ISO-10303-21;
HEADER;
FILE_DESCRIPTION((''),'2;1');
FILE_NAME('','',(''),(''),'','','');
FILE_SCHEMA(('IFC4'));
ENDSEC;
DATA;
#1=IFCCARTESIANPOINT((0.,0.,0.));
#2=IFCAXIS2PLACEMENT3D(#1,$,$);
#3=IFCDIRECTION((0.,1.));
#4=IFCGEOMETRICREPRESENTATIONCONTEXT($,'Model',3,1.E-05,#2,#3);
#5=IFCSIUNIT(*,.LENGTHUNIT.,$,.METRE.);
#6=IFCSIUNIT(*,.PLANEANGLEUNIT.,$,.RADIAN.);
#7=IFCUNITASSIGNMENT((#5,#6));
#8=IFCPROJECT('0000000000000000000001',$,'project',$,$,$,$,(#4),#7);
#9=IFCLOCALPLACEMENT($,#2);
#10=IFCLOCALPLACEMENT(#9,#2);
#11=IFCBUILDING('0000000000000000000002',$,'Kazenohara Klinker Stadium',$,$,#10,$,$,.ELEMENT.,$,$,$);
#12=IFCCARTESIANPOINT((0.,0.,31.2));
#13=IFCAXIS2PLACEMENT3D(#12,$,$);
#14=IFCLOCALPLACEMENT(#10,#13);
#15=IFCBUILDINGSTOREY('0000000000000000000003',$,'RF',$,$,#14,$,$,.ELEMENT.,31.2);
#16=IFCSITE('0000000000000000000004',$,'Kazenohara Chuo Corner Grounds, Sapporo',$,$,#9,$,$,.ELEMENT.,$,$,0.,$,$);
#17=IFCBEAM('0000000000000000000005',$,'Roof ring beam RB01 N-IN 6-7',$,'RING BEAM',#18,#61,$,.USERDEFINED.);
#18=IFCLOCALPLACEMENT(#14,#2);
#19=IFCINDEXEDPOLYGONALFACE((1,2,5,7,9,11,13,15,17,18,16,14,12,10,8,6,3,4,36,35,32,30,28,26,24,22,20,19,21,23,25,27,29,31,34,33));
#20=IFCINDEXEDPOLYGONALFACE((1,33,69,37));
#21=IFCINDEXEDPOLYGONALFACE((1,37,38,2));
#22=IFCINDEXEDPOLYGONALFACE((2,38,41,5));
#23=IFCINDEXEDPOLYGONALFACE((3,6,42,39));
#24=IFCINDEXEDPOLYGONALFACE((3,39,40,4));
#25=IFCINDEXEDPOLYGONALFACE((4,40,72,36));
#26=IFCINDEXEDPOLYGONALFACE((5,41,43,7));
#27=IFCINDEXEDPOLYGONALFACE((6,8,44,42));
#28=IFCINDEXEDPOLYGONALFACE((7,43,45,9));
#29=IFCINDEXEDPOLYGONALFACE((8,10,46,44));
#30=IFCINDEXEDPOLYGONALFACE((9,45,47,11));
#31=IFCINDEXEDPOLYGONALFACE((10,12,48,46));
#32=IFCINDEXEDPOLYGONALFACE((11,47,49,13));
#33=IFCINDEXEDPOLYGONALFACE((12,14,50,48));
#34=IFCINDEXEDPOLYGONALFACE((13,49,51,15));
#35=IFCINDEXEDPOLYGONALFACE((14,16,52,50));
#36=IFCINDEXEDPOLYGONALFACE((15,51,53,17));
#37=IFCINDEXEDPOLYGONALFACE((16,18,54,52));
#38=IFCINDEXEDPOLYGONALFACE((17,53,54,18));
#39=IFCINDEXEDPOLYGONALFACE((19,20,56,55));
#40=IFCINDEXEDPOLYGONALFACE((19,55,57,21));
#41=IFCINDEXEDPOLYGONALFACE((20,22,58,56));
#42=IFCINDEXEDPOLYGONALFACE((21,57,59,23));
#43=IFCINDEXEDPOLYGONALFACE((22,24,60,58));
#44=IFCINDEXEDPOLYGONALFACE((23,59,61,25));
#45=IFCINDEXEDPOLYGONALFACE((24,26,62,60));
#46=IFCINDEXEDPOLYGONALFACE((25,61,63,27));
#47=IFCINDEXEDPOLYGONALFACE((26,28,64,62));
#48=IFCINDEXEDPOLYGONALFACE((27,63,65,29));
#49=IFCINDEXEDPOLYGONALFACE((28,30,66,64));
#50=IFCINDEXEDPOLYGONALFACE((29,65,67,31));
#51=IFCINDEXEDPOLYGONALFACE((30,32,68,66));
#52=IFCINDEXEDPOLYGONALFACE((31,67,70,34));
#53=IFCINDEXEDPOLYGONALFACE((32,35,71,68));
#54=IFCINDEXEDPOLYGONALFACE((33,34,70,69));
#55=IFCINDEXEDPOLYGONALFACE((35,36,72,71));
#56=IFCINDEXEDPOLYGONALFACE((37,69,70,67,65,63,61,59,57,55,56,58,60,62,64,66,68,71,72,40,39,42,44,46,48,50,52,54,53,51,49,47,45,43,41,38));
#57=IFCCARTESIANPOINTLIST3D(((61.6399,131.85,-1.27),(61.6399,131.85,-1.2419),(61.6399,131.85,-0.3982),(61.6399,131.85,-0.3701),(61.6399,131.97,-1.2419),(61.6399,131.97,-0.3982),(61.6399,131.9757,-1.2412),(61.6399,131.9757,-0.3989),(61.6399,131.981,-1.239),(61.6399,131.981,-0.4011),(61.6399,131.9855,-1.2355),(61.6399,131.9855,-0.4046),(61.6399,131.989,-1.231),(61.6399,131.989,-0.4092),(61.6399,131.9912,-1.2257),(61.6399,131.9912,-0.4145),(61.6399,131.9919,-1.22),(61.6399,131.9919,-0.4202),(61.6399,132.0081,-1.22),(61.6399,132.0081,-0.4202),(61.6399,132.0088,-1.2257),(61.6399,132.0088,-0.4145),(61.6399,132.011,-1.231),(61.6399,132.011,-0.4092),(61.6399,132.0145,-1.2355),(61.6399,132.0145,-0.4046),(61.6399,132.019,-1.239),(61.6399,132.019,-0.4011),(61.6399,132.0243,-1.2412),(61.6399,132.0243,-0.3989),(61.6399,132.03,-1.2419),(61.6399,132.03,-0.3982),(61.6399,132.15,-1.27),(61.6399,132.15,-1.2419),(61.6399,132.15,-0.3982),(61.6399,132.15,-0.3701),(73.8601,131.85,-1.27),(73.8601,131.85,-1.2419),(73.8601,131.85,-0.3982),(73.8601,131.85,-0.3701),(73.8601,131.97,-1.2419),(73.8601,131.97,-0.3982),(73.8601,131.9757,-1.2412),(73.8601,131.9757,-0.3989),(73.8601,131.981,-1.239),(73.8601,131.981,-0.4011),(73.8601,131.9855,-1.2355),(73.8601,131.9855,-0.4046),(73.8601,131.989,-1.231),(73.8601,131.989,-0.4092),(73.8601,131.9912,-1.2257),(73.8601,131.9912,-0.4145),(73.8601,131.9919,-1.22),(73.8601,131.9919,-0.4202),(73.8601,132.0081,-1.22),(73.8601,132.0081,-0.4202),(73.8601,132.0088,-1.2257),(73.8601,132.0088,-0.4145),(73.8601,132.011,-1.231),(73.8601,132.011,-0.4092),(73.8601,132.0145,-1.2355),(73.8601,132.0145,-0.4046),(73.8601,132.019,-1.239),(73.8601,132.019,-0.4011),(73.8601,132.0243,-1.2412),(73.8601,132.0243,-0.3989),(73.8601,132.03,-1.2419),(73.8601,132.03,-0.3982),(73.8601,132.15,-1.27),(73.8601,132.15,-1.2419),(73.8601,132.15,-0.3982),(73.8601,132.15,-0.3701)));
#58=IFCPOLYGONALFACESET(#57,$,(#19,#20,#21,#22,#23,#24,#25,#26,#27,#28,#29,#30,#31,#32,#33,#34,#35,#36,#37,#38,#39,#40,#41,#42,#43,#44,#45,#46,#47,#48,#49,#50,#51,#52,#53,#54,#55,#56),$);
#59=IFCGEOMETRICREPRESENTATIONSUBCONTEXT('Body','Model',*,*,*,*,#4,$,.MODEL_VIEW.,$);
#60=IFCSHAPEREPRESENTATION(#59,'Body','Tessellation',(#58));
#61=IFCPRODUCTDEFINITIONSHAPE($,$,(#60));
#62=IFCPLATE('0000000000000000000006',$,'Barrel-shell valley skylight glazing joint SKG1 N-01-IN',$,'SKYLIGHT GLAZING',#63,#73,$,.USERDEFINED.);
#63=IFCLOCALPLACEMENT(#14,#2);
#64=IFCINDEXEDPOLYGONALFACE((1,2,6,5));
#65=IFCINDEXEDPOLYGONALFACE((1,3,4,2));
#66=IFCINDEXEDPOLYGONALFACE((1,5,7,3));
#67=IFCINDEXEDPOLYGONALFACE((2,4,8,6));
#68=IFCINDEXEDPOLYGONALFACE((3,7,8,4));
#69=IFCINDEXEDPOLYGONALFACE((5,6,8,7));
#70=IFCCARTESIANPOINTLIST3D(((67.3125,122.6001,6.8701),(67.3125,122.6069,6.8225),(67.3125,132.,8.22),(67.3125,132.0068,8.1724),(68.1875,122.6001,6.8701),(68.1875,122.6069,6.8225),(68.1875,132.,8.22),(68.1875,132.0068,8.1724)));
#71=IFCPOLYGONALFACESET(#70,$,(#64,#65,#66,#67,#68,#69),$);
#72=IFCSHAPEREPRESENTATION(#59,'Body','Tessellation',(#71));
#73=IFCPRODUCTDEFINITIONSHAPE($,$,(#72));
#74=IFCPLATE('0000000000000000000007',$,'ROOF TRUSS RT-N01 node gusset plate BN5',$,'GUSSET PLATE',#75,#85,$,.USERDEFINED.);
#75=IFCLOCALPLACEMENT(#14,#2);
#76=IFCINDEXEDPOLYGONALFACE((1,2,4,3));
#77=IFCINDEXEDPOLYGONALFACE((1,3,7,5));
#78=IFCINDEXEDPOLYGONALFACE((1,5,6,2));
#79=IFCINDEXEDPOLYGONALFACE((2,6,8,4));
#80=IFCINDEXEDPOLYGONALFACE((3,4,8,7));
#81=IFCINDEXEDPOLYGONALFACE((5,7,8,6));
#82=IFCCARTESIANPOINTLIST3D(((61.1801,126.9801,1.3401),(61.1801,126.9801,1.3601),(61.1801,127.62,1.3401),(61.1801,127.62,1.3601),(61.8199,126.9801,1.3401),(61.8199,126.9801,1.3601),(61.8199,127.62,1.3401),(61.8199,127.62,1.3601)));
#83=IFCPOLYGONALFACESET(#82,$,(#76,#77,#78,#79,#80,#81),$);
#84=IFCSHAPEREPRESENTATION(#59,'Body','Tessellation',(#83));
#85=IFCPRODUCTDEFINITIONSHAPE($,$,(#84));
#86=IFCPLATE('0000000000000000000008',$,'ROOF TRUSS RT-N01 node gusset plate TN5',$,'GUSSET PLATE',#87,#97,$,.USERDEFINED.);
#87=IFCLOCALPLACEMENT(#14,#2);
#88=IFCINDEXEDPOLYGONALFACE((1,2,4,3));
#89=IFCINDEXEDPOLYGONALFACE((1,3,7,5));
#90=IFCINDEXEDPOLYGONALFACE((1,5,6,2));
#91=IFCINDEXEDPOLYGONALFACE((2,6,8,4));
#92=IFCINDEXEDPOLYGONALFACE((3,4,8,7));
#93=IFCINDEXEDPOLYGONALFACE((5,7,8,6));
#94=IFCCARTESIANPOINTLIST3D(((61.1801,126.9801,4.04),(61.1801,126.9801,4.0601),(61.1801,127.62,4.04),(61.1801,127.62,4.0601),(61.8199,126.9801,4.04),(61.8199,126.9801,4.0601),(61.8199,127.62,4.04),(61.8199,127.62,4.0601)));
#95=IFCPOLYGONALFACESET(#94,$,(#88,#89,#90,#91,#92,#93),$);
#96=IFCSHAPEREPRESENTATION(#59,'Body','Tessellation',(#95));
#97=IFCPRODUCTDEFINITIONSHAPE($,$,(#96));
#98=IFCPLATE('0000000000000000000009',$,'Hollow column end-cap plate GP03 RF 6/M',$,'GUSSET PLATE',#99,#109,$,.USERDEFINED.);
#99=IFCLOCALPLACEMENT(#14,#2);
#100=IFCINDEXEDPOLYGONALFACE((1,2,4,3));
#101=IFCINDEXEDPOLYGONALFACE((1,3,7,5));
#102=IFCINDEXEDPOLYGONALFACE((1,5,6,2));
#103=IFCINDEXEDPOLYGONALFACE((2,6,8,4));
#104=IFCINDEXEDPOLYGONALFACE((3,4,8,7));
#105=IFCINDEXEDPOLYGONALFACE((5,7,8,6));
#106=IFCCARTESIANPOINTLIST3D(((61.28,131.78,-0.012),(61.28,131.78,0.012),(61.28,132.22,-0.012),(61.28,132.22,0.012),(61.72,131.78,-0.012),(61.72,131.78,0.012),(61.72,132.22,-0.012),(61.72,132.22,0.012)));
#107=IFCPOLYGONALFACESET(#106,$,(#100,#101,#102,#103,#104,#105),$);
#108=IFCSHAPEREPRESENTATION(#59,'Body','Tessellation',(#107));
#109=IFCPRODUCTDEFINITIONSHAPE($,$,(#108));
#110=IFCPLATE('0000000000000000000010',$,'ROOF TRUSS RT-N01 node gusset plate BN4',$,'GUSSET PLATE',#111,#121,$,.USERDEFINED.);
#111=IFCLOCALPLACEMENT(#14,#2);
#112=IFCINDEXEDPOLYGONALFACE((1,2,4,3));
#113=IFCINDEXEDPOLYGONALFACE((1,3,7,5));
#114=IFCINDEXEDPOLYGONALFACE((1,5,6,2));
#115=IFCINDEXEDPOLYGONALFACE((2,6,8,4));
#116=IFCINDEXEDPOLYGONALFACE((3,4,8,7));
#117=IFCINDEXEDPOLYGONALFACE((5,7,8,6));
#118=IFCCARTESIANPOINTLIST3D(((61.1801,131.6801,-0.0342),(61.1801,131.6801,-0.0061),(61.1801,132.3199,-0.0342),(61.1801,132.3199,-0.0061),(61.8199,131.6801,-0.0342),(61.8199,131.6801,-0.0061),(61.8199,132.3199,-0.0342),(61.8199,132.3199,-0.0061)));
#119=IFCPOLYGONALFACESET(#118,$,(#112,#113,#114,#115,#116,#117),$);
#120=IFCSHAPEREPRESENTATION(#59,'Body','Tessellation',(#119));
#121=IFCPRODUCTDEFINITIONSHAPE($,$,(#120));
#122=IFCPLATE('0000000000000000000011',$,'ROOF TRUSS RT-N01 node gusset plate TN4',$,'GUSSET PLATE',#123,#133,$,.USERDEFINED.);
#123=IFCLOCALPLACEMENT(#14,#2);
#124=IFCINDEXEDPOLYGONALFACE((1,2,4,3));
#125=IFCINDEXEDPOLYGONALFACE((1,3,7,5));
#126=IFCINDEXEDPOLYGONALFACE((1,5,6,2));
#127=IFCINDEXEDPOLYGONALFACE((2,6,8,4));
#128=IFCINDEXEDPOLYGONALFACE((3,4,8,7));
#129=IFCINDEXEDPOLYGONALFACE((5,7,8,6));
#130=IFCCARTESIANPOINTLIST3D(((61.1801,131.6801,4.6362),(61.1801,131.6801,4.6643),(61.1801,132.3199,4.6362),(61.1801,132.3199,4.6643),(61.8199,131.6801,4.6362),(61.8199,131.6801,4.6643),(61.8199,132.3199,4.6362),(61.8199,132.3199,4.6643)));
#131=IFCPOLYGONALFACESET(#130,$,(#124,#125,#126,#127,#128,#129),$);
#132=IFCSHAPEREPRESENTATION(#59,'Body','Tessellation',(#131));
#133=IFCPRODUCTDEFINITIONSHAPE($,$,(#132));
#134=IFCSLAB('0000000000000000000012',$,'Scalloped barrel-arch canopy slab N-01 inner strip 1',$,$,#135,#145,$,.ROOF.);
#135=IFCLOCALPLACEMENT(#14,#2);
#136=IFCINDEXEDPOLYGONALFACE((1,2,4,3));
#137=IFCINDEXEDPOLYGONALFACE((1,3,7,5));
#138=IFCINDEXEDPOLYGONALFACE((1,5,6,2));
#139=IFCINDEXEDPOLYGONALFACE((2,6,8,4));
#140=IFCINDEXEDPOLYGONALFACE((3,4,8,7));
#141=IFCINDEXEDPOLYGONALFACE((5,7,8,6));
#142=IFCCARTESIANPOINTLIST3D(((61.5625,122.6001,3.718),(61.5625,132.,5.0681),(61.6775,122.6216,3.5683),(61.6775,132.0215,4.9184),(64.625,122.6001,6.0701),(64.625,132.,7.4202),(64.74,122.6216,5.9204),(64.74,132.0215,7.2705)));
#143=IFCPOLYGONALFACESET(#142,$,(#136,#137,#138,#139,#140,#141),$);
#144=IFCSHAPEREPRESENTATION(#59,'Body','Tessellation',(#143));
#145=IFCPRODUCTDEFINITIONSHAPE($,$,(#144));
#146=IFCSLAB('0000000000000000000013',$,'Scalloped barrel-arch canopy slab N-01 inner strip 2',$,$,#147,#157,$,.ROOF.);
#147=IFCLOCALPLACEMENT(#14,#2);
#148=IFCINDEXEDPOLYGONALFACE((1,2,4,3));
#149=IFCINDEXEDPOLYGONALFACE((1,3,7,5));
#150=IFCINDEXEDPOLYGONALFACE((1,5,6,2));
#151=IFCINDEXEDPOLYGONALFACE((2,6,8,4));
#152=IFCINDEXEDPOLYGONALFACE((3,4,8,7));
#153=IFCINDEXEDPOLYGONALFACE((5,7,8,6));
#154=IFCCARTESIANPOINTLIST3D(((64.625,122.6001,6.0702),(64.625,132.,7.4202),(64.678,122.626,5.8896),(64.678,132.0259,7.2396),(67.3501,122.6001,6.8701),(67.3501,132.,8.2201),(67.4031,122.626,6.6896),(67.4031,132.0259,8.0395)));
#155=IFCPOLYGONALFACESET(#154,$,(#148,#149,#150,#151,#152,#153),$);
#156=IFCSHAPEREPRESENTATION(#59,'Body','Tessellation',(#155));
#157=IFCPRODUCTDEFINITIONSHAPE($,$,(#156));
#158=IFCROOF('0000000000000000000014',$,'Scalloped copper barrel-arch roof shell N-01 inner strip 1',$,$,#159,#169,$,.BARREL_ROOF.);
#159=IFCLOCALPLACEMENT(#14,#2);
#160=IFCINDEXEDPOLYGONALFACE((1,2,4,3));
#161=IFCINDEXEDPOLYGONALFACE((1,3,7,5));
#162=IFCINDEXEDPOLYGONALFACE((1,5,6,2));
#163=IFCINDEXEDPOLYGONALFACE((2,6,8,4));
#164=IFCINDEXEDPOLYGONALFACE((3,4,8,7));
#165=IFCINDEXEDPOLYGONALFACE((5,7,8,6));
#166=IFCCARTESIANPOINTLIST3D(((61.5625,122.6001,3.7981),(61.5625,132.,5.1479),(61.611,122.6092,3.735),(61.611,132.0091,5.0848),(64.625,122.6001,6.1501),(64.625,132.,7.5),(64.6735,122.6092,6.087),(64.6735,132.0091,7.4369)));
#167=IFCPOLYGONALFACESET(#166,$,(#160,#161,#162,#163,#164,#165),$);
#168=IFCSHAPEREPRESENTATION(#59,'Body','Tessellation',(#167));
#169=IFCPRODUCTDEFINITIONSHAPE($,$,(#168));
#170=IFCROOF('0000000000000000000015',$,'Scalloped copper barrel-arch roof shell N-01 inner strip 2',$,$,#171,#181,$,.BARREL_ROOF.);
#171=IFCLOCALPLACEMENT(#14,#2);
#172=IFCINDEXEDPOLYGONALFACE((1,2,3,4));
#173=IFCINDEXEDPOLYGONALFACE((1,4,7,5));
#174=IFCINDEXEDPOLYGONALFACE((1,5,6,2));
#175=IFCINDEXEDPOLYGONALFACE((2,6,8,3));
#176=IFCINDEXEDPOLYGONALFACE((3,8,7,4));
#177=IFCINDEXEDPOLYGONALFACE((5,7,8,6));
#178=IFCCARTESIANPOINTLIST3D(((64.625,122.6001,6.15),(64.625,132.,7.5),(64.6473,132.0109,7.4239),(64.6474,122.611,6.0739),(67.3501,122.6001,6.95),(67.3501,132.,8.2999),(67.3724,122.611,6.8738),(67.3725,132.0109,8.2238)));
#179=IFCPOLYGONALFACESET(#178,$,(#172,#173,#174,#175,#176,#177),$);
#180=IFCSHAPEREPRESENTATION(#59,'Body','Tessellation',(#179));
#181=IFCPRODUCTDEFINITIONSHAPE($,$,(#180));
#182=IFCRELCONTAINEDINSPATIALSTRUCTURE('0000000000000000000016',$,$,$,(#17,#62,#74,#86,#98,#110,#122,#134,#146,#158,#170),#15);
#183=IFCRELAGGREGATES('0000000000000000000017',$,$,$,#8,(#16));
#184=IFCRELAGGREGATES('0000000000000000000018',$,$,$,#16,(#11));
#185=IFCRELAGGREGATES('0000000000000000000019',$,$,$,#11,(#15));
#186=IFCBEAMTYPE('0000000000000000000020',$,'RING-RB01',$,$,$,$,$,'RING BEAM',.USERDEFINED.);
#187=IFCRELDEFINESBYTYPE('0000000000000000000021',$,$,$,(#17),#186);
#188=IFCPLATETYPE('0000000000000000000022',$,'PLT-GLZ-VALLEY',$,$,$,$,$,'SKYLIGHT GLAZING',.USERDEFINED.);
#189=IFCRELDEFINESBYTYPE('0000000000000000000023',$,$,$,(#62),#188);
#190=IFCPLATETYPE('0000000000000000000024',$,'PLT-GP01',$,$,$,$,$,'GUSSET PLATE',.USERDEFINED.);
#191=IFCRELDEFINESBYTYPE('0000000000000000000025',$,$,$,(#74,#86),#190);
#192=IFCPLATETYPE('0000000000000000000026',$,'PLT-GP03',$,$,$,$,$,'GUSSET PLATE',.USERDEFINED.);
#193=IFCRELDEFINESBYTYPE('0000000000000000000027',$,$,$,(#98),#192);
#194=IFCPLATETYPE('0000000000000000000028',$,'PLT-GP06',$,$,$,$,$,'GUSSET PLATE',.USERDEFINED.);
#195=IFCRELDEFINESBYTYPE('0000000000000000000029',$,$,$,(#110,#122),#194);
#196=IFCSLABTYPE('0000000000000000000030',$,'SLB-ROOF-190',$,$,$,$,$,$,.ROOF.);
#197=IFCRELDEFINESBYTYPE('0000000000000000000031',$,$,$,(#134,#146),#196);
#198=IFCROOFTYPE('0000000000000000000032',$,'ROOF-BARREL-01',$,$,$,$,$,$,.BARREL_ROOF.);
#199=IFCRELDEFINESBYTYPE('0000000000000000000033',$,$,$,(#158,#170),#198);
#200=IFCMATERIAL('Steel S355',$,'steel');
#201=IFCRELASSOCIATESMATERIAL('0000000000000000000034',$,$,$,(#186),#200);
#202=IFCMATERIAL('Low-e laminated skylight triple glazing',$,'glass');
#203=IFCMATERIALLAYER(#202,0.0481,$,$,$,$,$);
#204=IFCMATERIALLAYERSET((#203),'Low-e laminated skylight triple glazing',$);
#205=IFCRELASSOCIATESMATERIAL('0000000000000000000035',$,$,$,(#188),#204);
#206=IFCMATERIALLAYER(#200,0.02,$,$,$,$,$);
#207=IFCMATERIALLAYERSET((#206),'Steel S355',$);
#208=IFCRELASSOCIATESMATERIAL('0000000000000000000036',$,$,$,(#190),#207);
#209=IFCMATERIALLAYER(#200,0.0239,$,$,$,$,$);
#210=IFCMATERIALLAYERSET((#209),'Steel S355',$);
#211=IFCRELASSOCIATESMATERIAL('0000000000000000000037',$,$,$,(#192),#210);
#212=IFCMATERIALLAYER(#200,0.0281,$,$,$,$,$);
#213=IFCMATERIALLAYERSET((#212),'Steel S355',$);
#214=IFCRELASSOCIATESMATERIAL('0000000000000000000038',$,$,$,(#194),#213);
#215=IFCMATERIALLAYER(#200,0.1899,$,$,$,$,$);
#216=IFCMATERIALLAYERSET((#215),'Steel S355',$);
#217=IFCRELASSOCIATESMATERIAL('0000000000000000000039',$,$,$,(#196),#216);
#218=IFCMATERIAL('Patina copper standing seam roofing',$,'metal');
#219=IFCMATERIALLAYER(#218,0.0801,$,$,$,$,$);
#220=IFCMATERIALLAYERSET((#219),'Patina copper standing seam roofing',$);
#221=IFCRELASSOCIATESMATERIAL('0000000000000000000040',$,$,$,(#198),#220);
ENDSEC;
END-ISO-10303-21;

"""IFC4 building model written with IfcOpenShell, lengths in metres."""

from ifc_helpers import new_model, si_unit, direction, frame, origin, origin_2d, place, context, subcontext, project, spatial, polyline, rectangle, i_section, outline, extrude, material, layer, layer_set, material_profile, profile_set, type_object, element, save


model = new_model("IFC4")

# Units and contexts
model_context = context("Model", 3, precision=1e-05, world=origin(), true_north=direction((0.0, 1.0)))
body_context = subcontext(model_context, "Body", "Model", "MODEL_VIEW")
ifc_project = project(units=[si_unit("LENGTHUNIT", "METRE"), si_unit("PLANEANGLEUNIT", "RADIAN")], contexts=[model_context])

# Site, building, storey
site_placement = place(None, origin())
site = spatial("IfcSite", under=ifc_project, at=site_placement, Name="Kazenohara Chuo Corner Grounds, Sapporo", CompositionType="ELEMENT", RefElevation=0.0)
building_placement = place(site_placement, origin())
building = spatial("IfcBuilding", under=site, at=building_placement, Name="Kazenohara Klinker Stadium", CompositionType="ELEMENT")
storey_placement = place(building_placement, frame((0.0, 0.0, 31.2)))
storey = spatial("IfcBuildingStorey", under=building, at=storey_placement, Name="RF", CompositionType="ELEMENT", Elevation=31.2)

# Shared definitions
ifc_material_1 = material(Name="Steel S355", Category="steel")

# Beam
ifc_material_profile_1 = material_profile(ifc_material_1, i_section(OverallWidth=0.3, OverallDepth=0.8999, WebThickness=0.0161, FlangeThickness=0.0281, FilletRadius=0.022, at=origin_2d()), Name="H-900x300x16x28")
ifc_profile_set_1 = profile_set([ifc_material_profile_1], Name="Steel S355")
beam_type = type_object("IfcBeamType", Name="RING-RB01", ElementType="RING BEAM", PredefinedType="USERDEFINED", material=ifc_profile_set_1)
beam_placement = place(storey_placement, frame((61.6399, 132.0, -0.8201), z_axis=(1.0, 0.0, 0.0), x_axis=(0.0, 1.0, 0.0)))
element("IfcBeam", 1, at=beam_placement, inside=storey, type_object=beam_type, Name="Roof ring beam RB01 N-IN 6-7", ObjectType="RING BEAM", PredefinedType="USERDEFINED", context=body_context, shape_type="SweptSolid", body=[
    extrude(i_section(OverallWidth=0.3, OverallDepth=0.8999, WebThickness=0.0161, FlangeThickness=0.0281, FilletRadius=0.022, at=origin_2d()), origin(), (0.0, 0.0, 1.0), 12.2202),
])

# Plates
ifc_material_2 = material(Name="Low-e laminated skylight triple glazing", Category="glass")
ifc_layer_1 = layer(ifc_material_2, 0.0481)
ifc_layer_set_1 = layer_set([ifc_layer_1], Name="Low-e laminated skylight triple glazing")
plate_type_1 = type_object("IfcPlateType", Name="PLT-GLZ-VALLEY", ElementType="SKYLIGHT GLAZING", PredefinedType="USERDEFINED", material=ifc_layer_set_1)
plate_1_placement = place(storey_placement, frame((67.3125, 132.0, 8.22), z_axis=(0.0, -0.142145, 0.989846), x_axis=(0.0, -0.989846, -0.142145)))
element("IfcPlate", 2, at=plate_1_placement, inside=storey, type_object=plate_type_1, Name="Barrel-shell valley skylight glazing joint SKG1 N-01-IN", ObjectType="SKYLIGHT GLAZING", PredefinedType="USERDEFINED", context=body_context, shape_type="SweptSolid", body=[
    extrude(outline(polyline([(0.0, 0.0), (9.4963, 0.0), (9.4963, 0.875), (0.0, 0.875), (0.0, 0.0)])), origin(), (0.0, 0.0, -1.0), 0.0481),
])
ifc_layer_2 = layer(ifc_material_1, 0.02)
ifc_layer_set_2 = layer_set([ifc_layer_2], Name="Steel S355")
plate_type_2 = type_object("IfcPlateType", Name="PLT-GP01", ElementType="GUSSET PLATE", PredefinedType="USERDEFINED", material=ifc_layer_set_2)
for number, where, z_axis, x_axis, name in (
    (3, (61.5, 127.3, 1.3401), (0.0, 0.0, 1.0), (1.0, 0.0, 0.0), "ROOF TRUSS RT-N01 node gusset plate BN5"),
    (4, (61.5, 127.3, 4.04), (0.0, 0.0, 1.0), (1.0, 0.0, 0.0), "ROOF TRUSS RT-N01 node gusset plate TN5"),
):
    element("IfcPlate", number, at=place(storey_placement, frame(where, z_axis=z_axis, x_axis=x_axis)), inside=storey, type_object=plate_type_2, Name=name, ObjectType="GUSSET PLATE", PredefinedType="USERDEFINED", context=body_context, shape_type="SweptSolid", body=[
        extrude(rectangle(XDim=0.6399, YDim=0.6399, at=origin_2d()), origin(), (0.0, 0.0, 1.0), 0.02),
    ])
ifc_layer_3 = layer(ifc_material_1, 0.0239)
ifc_layer_set_3 = layer_set([ifc_layer_3], Name="Steel S355")
plate_type_3 = type_object("IfcPlateType", Name="PLT-GP03", ElementType="GUSSET PLATE", PredefinedType="USERDEFINED", material=ifc_layer_set_3)
plate_2_placement = place(storey_placement, frame((61.5, 132.0, -0.012), z_axis=(0.0, 0.0, 1.0), x_axis=(1.0, 0.0, 0.0)))
element("IfcPlate", 5, at=plate_2_placement, inside=storey, type_object=plate_type_3, Name="Hollow column end-cap plate GP03 RF 6/M", ObjectType="GUSSET PLATE", PredefinedType="USERDEFINED", context=body_context, shape_type="SweptSolid", body=[
    extrude(rectangle(XDim=0.4399, YDim=0.4399, at=origin_2d()), origin(), (0.0, 0.0, 1.0), 0.0239),
])
ifc_layer_4 = layer(ifc_material_1, 0.0281)
ifc_layer_set_4 = layer_set([ifc_layer_4], Name="Steel S355")
plate_type_4 = type_object("IfcPlateType", Name="PLT-GP06", ElementType="GUSSET PLATE", PredefinedType="USERDEFINED", material=ifc_layer_set_4)
for number, where, z_axis, x_axis, name in (
    (6, (61.5, 132.0, -0.0342), (0.0, 0.0, 1.0), (1.0, 0.0, 0.0), "ROOF TRUSS RT-N01 node gusset plate BN4"),
    (7, (61.5, 132.0, 4.6362), (0.0, 0.0, 1.0), (1.0, 0.0, 0.0), "ROOF TRUSS RT-N01 node gusset plate TN4"),
):
    element("IfcPlate", number, at=place(storey_placement, frame(where, z_axis=z_axis, x_axis=x_axis)), inside=storey, type_object=plate_type_4, Name=name, ObjectType="GUSSET PLATE", PredefinedType="USERDEFINED", context=body_context, shape_type="SweptSolid", body=[
        extrude(rectangle(XDim=0.6399, YDim=0.6399, at=origin_2d()), origin(), (0.0, 0.0, 1.0), 0.0281),
    ])

# Slabs
ifc_layer_5 = layer(ifc_material_1, 0.1899)
ifc_layer_set_5 = layer_set([ifc_layer_5], Name="Steel S355")
slab_type = type_object("IfcSlabType", Name="SLB-ROOF-190", PredefinedType="ROOF", material=ifc_layer_set_5)
slab_1_placement = place(storey_placement, frame((61.5625, 132.0, 5.0681), z_axis=(-0.605192, -0.113179, 0.787993), x_axis=(0.0, -0.989842, -0.14217)))
element("IfcSlab", 8, at=slab_1_placement, inside=storey, type_object=slab_type, Name="Scalloped barrel-arch canopy slab N-01 inner strip 1", PredefinedType="ROOF", context=body_context, shape_type="SweptSolid", body=[
    extrude(outline(polyline([(0.0, 0.0), (9.4964, 0.0), (9.162, 3.847), (-0.3344, 3.847), (0.0, 0.0)])), origin(), (0.0, 0.0, -1.0), 0.1899),
])
slab_2_placement = place(storey_placement, frame((64.625, 132.0, 7.4202), z_axis=(-0.27902, -0.136512, 0.950533), x_axis=(-0.000003, -0.989844, -0.142158)))
element("IfcSlab", 9, at=slab_2_placement, inside=storey, type_object=slab_type, Name="Scalloped barrel-arch canopy slab N-01 inner strip 2", PredefinedType="ROOF", context=body_context, shape_type="SweptSolid", body=[
    extrude(outline(polyline([(0.0, 0.0), (9.4964, 0.0), (9.3826, 2.8378), (-0.1137, 2.8378), (0.0, 0.0)])), origin(), (0.0, 0.0, -1.0), 0.1899),
])

# Roofs
ifc_material_3 = material(Name="Patina copper standing seam roofing", Category="metal")
ifc_layer_6 = layer(ifc_material_3, 0.0801)
ifc_layer_set_6 = layer_set([ifc_layer_6], Name="Patina copper standing seam roofing")
roof_type = type_object("IfcRoofType", Name="ROOF-BARREL-01", PredefinedType="BARREL_ROOF", material=ifc_layer_set_6)
roof_1_placement = place(storey_placement, frame((61.5625, 132.0, 5.1479), z_axis=(-0.605193, -0.113158, 0.787995), x_axis=(0.0, -0.989846, -0.142145)))
element("IfcRoof", 10, at=roof_1_placement, inside=storey, type_object=roof_type, Name="Scalloped copper barrel-arch roof shell N-01 inner strip 1", PredefinedType="BARREL_ROOF", context=body_context, shape_type="SweptSolid", body=[
    extrude(outline(polyline([(0.0, 0.0), (9.4963, 0.0), (9.162, 3.847), (-0.3343, 3.847), (0.0, 0.0)])), origin(), (0.0, 0.0, -1.0), 0.0801),
])
roof_2_placement = place(storey_placement, frame((64.625, 132.0, 7.5), z_axis=(-0.27902, -0.136512, 0.950533), x_axis=(0.000003, -0.989844, -0.142156)))
element("IfcRoof", 11, at=roof_2_placement, inside=storey, type_object=roof_type, Name="Scalloped copper barrel-arch roof shell N-01 inner strip 2", PredefinedType="BARREL_ROOF", context=body_context, shape_type="SweptSolid", body=[
    extrude(outline(polyline([(0.0, 0.0), (9.4963, 0.0), (9.3826, 2.8378), (-0.1137, 2.8378), (0.0, 0.0)])), origin(), (0.0, 0.0, -1.0), 0.0801),
])

save(model, "model.ifc")
